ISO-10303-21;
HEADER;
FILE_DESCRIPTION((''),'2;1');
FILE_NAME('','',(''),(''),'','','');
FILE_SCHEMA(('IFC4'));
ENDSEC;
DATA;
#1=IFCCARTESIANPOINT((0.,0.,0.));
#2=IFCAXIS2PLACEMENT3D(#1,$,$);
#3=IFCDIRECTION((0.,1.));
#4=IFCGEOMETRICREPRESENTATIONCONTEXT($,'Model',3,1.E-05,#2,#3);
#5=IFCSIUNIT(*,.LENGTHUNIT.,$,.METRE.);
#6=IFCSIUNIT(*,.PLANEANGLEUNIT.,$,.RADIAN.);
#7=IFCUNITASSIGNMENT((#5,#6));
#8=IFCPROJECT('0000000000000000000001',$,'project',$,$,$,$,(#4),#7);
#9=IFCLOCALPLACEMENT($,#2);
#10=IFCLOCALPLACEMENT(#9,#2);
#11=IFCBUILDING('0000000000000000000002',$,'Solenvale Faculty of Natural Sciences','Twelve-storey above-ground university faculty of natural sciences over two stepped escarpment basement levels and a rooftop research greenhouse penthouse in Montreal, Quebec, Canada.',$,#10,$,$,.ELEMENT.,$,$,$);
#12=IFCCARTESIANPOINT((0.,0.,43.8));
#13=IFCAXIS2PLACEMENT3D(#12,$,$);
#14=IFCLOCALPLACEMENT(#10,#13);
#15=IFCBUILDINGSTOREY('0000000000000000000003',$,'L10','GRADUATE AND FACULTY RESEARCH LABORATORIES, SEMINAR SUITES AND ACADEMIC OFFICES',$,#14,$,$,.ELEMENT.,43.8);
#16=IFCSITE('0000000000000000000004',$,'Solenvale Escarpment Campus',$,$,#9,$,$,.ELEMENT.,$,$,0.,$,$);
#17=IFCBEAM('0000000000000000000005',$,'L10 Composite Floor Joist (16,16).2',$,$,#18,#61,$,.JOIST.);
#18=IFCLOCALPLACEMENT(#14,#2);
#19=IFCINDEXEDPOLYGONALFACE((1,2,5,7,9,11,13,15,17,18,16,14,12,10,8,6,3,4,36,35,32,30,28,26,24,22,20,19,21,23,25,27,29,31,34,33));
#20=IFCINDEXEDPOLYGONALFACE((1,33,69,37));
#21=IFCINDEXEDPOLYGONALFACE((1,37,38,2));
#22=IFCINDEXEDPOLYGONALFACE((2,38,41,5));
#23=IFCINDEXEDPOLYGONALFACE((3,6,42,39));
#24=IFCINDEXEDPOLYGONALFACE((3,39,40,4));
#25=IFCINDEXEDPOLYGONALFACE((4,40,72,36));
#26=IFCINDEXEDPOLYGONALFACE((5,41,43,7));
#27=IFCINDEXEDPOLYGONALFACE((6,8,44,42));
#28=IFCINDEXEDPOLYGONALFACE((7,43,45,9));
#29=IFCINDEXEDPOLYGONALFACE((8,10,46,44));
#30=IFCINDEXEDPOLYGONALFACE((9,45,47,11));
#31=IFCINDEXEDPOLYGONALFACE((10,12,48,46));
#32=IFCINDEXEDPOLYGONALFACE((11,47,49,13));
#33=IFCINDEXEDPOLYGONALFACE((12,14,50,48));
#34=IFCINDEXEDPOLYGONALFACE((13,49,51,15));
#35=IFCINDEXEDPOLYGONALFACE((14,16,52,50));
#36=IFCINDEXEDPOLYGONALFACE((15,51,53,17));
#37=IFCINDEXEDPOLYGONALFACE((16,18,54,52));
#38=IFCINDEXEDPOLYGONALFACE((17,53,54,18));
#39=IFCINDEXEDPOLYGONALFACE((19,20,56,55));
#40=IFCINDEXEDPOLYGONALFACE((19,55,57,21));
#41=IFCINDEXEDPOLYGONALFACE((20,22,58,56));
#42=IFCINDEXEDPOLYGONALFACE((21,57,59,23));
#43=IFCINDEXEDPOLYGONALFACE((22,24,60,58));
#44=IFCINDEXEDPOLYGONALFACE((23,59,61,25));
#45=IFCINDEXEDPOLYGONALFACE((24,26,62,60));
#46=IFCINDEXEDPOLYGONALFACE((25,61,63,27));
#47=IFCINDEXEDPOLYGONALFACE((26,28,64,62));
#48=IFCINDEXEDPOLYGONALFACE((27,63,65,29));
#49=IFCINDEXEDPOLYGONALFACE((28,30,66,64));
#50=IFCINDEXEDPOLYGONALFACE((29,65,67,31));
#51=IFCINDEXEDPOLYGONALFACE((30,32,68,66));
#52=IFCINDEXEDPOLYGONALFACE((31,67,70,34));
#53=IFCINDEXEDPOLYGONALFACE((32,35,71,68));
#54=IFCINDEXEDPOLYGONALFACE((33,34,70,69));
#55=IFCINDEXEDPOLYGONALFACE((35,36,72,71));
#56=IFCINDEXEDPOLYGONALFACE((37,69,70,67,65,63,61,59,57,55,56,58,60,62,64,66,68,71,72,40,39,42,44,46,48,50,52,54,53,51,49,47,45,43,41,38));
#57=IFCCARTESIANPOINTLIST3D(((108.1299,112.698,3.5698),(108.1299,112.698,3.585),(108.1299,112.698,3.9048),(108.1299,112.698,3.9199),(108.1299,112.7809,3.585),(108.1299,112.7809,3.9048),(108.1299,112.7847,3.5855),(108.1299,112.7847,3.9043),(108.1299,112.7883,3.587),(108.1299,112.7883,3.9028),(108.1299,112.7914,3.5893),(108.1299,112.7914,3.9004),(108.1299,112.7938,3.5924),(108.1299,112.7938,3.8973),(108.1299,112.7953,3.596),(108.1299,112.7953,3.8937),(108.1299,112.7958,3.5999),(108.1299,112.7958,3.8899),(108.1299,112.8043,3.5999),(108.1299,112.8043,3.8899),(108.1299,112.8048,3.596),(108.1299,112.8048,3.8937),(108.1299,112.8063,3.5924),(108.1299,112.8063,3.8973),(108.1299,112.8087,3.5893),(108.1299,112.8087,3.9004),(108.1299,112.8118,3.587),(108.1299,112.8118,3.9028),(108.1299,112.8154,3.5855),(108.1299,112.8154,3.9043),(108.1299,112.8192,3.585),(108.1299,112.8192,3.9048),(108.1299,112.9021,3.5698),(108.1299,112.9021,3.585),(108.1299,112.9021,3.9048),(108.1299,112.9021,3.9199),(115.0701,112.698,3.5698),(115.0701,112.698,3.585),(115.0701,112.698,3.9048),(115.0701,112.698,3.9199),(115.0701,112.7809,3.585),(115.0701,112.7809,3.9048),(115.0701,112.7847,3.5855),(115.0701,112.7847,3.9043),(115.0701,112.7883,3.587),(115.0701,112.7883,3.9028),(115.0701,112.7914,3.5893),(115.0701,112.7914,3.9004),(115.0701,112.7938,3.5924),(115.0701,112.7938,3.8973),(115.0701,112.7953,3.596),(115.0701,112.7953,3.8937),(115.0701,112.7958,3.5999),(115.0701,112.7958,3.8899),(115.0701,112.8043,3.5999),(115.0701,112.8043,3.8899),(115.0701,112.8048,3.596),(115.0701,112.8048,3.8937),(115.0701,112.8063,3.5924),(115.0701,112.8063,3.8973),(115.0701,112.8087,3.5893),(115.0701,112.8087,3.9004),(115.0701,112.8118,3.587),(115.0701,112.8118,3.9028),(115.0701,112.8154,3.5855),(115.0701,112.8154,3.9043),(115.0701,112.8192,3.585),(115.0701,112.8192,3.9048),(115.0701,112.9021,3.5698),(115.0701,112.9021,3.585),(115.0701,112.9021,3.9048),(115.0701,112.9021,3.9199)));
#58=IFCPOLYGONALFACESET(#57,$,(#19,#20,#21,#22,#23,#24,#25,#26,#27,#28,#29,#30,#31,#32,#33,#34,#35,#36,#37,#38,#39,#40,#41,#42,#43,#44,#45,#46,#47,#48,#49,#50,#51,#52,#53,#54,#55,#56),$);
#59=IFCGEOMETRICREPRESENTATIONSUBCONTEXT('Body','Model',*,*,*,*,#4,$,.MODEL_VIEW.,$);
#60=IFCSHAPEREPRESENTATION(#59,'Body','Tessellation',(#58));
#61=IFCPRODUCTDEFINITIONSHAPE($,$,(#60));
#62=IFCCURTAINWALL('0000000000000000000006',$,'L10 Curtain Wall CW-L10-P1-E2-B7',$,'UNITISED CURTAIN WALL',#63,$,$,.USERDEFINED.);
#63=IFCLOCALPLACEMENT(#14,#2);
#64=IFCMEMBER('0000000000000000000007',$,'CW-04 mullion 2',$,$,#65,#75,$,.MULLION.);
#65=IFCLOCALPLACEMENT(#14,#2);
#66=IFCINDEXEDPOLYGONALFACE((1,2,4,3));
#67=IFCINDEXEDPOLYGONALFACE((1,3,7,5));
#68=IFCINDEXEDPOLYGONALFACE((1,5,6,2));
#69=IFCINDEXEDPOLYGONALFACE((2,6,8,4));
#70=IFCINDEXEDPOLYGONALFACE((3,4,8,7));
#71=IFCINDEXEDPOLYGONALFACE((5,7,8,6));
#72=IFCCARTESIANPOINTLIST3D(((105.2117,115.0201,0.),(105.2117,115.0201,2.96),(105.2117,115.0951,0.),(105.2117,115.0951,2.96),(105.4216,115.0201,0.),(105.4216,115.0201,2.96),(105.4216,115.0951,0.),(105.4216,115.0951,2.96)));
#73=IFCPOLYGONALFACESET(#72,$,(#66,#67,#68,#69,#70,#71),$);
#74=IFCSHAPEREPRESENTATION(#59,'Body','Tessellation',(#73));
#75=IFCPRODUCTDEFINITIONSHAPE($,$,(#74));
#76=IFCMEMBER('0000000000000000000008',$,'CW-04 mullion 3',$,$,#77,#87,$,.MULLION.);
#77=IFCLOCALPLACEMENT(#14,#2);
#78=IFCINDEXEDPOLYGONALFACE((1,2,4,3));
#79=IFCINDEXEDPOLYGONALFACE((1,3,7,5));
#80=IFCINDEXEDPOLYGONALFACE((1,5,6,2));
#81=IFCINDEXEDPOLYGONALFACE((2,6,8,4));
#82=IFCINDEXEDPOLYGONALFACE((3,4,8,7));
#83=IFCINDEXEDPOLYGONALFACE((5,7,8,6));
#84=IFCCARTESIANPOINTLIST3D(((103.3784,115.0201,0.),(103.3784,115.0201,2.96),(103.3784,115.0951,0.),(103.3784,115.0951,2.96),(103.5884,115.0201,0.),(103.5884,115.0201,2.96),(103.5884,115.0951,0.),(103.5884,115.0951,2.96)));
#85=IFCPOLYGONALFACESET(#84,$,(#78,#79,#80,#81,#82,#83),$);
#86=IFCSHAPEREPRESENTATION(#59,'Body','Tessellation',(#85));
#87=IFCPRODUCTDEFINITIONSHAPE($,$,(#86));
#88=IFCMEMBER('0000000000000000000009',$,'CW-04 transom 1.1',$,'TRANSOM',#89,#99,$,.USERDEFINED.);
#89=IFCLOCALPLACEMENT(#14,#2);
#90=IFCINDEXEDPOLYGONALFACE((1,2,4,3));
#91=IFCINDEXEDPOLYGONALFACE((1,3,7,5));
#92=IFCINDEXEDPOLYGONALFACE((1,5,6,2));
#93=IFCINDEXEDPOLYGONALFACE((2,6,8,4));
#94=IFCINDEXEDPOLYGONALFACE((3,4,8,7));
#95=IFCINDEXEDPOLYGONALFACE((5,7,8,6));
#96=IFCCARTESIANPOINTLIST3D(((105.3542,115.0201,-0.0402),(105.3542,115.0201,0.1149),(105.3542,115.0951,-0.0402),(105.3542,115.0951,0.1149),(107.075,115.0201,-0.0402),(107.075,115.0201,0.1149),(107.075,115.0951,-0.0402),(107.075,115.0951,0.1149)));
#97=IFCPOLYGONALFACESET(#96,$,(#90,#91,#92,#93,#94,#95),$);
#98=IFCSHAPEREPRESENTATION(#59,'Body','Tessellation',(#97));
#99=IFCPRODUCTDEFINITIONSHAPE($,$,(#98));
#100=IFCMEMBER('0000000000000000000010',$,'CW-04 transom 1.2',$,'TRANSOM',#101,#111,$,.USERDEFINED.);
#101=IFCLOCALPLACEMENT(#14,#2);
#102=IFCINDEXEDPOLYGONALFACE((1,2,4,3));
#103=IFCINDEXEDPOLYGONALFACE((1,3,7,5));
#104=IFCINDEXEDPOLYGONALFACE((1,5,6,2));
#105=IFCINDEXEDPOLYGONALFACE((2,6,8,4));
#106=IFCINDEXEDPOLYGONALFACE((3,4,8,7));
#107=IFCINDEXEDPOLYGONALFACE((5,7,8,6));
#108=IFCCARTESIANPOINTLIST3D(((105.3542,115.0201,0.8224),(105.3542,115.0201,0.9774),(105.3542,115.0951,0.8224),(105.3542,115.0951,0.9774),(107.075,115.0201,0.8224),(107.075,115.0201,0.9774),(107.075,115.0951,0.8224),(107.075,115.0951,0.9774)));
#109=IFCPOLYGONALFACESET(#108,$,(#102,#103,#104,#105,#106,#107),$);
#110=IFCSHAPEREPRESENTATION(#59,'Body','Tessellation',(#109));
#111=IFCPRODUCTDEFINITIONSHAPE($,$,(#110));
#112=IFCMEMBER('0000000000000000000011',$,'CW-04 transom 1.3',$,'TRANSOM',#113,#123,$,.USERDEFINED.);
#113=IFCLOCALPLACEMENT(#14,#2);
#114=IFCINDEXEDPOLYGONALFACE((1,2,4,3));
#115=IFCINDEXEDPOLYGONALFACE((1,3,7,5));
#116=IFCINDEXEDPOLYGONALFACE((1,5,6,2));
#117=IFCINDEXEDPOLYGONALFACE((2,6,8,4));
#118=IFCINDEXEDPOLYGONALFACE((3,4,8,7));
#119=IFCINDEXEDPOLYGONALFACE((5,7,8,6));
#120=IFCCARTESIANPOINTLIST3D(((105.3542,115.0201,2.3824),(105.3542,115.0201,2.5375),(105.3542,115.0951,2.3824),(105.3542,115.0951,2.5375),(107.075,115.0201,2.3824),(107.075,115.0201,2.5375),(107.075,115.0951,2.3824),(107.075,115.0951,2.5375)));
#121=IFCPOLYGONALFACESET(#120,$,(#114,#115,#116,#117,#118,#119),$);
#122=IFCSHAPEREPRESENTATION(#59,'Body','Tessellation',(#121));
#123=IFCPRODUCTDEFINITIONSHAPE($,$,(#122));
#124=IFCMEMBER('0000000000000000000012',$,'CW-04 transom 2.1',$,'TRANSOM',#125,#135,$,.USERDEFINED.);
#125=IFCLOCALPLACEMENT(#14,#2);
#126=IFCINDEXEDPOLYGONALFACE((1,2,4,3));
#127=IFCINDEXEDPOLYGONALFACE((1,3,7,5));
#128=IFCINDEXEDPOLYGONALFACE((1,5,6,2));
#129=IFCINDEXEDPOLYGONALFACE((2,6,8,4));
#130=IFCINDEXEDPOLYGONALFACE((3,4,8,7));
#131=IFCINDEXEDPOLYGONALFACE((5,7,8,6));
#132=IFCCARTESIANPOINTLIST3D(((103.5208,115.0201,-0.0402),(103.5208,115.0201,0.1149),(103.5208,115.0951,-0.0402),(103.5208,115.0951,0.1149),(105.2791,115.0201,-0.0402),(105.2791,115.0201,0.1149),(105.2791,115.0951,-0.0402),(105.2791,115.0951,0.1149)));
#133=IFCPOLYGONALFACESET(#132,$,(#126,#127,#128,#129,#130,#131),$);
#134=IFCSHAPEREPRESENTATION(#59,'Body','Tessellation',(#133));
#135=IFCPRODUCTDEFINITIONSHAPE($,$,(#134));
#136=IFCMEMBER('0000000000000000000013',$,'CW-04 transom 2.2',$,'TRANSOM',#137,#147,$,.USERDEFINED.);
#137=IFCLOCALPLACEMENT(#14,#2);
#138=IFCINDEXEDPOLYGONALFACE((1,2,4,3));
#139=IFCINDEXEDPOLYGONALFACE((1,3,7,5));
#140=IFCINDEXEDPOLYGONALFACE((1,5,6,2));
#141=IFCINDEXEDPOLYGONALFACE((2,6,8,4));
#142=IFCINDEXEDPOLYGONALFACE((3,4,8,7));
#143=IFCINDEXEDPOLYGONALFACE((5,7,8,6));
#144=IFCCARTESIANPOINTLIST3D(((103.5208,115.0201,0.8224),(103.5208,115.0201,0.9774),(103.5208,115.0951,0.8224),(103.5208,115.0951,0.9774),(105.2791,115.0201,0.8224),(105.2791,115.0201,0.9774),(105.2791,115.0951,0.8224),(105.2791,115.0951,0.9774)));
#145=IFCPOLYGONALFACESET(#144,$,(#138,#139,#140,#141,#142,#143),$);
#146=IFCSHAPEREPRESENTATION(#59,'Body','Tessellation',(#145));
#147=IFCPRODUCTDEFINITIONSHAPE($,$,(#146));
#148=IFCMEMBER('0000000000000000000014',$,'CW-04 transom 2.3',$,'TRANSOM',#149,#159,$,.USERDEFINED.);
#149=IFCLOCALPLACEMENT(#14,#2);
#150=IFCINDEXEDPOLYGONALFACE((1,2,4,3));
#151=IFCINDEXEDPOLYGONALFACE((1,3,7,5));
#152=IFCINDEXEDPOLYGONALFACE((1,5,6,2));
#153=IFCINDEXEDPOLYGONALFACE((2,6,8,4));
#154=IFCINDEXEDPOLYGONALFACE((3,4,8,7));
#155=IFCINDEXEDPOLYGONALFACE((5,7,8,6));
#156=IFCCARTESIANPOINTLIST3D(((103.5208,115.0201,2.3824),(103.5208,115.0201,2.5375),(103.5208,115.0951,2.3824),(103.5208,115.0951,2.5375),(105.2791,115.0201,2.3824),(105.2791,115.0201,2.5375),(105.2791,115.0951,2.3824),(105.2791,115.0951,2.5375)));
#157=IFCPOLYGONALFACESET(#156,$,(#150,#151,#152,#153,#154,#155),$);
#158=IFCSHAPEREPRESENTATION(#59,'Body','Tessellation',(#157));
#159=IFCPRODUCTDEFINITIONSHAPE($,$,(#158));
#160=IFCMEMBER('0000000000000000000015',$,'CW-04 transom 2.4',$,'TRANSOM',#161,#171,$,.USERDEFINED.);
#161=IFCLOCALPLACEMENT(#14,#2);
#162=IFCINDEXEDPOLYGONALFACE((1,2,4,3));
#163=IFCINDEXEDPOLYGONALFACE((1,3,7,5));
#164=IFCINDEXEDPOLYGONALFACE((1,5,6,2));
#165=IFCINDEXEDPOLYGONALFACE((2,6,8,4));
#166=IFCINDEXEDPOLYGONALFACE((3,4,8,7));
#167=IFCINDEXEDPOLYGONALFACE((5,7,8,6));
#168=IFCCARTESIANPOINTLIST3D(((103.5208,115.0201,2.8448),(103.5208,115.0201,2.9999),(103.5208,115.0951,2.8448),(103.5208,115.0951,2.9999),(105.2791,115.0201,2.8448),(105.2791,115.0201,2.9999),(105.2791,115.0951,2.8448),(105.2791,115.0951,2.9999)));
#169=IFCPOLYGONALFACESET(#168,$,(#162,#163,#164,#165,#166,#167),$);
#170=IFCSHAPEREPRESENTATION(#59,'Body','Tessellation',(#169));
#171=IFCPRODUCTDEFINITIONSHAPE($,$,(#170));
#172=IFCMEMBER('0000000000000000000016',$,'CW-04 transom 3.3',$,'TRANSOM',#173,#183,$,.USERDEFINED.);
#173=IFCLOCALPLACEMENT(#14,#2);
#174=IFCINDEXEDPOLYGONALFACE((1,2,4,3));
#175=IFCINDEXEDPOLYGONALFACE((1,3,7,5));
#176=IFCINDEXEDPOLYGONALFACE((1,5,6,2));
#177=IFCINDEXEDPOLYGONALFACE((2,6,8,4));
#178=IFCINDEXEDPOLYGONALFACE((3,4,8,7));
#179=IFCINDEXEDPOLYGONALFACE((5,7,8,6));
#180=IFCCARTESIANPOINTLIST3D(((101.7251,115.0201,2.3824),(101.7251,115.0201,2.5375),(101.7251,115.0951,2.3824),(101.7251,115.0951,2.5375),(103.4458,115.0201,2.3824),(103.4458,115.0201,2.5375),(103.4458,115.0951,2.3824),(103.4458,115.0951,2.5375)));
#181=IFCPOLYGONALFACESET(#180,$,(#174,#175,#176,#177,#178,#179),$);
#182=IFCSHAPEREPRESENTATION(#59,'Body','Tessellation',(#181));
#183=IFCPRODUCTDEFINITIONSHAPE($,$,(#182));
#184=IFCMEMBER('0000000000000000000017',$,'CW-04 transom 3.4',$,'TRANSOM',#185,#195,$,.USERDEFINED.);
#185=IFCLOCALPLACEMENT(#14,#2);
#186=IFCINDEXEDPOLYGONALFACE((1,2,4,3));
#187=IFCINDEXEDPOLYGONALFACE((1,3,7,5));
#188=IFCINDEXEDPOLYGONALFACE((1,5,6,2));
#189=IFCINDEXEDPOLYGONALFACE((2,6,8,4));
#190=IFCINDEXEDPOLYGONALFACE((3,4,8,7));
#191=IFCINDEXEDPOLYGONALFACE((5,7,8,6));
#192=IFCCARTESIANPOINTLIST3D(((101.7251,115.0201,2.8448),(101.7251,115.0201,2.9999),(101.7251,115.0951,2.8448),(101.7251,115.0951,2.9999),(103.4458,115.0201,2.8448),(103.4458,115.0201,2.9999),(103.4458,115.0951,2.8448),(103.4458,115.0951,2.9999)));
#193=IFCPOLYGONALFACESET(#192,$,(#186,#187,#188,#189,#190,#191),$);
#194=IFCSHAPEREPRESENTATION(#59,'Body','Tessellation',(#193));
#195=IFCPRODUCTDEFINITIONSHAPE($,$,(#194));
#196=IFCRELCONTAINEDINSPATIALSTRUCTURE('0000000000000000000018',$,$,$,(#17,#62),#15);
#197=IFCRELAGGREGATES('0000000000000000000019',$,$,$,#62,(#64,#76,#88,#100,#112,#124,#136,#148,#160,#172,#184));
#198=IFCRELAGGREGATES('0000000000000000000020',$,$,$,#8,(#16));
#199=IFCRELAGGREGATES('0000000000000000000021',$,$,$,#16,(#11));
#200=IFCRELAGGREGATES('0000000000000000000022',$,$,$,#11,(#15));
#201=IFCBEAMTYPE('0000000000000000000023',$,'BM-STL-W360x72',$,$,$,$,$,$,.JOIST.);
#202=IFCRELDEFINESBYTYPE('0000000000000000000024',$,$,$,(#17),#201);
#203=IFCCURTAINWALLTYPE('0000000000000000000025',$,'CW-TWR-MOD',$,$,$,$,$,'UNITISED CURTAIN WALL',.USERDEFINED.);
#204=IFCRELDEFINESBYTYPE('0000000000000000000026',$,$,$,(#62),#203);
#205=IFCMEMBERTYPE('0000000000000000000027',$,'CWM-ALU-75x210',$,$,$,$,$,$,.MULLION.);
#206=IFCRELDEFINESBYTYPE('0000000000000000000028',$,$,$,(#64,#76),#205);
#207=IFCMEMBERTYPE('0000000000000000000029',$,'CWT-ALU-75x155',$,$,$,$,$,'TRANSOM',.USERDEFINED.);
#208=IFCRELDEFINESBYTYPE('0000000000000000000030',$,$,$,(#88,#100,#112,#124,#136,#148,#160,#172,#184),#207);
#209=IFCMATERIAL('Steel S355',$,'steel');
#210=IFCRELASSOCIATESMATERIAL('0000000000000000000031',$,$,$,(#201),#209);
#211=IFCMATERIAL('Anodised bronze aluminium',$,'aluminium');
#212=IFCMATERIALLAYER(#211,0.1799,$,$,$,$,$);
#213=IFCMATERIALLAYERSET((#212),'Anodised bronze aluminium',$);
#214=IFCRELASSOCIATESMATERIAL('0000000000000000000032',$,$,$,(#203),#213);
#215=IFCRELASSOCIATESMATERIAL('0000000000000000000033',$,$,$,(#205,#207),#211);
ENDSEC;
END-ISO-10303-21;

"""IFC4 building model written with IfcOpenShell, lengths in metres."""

from ifc_helpers import new_model, si_unit, direction, frame, origin, origin_2d, place, context, subcontext, project, spatial, rectangle, i_section, extrude, material, layer, layer_set, material_profile, profile_set, type_object, element, aggregate, save


model = new_model("IFC4")

# Units and contexts
model_context = context("Model", 3, precision=1e-05, world=origin(), true_north=direction((0.0, 1.0)))
body_context = subcontext(model_context, "Body", "Model", "MODEL_VIEW")
ifc_project = project(units=[si_unit("LENGTHUNIT", "METRE"), si_unit("PLANEANGLEUNIT", "RADIAN")], contexts=[model_context])

# Site, building, storey
site_placement = place(None, origin())
site = spatial("IfcSite", under=ifc_project, at=site_placement, Name="Solenvale Escarpment Campus", CompositionType="ELEMENT", RefElevation=0.0)
building_placement = place(site_placement, origin())
building = spatial("IfcBuilding", under=site, at=building_placement, Name="Solenvale Faculty of Natural Sciences", Description="Twelve-storey above-ground university faculty of natural sciences over two stepped escarpment basement levels and a rooftop research greenhouse penthouse in Montreal, Quebec, Canada.", CompositionType="ELEMENT")
storey_placement = place(building_placement, frame((0.0, 0.0, 43.8)))
storey = spatial("IfcBuildingStorey", under=building, at=storey_placement, Name="L10", Description="GRADUATE AND FACULTY RESEARCH LABORATORIES, SEMINAR SUITES AND ACADEMIC OFFICES", CompositionType="ELEMENT", Elevation=43.8)

# Beam
ifc_material_1 = material(Name="Steel S355", Category="steel")
ifc_material_profile_1 = material_profile(ifc_material_1, i_section(OverallWidth=0.2041, OverallDepth=0.3501, WebThickness=0.0085, FlangeThickness=0.0151, FilletRadius=0.0149, at=origin_2d()), Name="W360x72")
ifc_profile_set_1 = profile_set([ifc_material_profile_1], Name="Steel S355")
beam_type_1 = type_object("IfcBeamType", Name="BM-STL-W360x72", PredefinedType="JOIST", material=ifc_profile_set_1)
for number, where, z_axis, x_axis, name in (
    (1, (108.1299, 112.8, 3.7449), (1.0, 0.0, 0.0), (0.0, 1.0, 0.0), "L10 Composite Floor Joist (16,16).2"),
):
    element("IfcBeam", number, at=place(storey_placement, frame(where, z_axis=z_axis, x_axis=x_axis)), inside=storey, type_object=beam_type_1, Name=name, PredefinedType="JOIST", context=body_context, shape_type="SweptSolid", body=[
        extrude(i_section(OverallWidth=0.2041, OverallDepth=0.3501, WebThickness=0.0085, FlangeThickness=0.0151, FilletRadius=0.0149, at=origin_2d()), origin(), (0.0, 0.0, 1.0), 6.9402),
    ])

# Curtain wall, members
ifc_material_2 = material(Name="Anodised bronze aluminium", Category="aluminium")
ifc_layer_1 = layer(ifc_material_2, 0.1799)
ifc_layer_set_1 = layer_set([ifc_layer_1], Name="Anodised bronze aluminium")
curtain_wall_type = type_object("IfcCurtainWallType", Name="CW-TWR-MOD", ElementType="UNITISED CURTAIN WALL", PredefinedType="USERDEFINED", material=ifc_layer_set_1)
curtain_wall_placement = place(storey_placement, origin())
curtain_wall = element("IfcCurtainWall", 2, at=curtain_wall_placement, inside=storey, type_object=curtain_wall_type, Name="L10 Curtain Wall CW-L10-P1-E2-B7", ObjectType="UNITISED CURTAIN WALL", PredefinedType="USERDEFINED")
ifc_material_profile_2 = material_profile(ifc_material_2, rectangle(XDim=0.075, YDim=0.21, at=origin_2d()), Name="ALU-MUL-75x210")
ifc_profile_set_2 = profile_set([ifc_material_profile_2], Name="Anodised bronze aluminium")
member_type_1 = type_object("IfcMemberType", Name="CWM-ALU-75x210", PredefinedType="MULLION", material=ifc_profile_set_2)
member_1_placement = place(storey_placement, frame((105.3167, 115.0576, 0.0), z_axis=(0.0, 0.0, 1.0), x_axis=(0.0, -1.0, 0.0)))
member_1 = element("IfcMember", 3, at=member_1_placement, type_object=member_type_1, Name="CW-04 mullion 2", PredefinedType="MULLION", context=body_context, shape_type="SweptSolid", body=[
    extrude(rectangle(XDim=0.075, YDim=0.21, at=origin_2d()), origin(), (0.0, 0.0, 1.0), 2.96),
])
member_2_placement = place(storey_placement, frame((103.4834, 115.0576, 0.0), z_axis=(0.0, 0.0, 1.0), x_axis=(0.0, -1.0, 0.0)))
member_2 = element("IfcMember", 4, at=member_2_placement, type_object=member_type_1, Name="CW-04 mullion 3", PredefinedType="MULLION", context=body_context, shape_type="SweptSolid", body=[
    extrude(rectangle(XDim=0.075, YDim=0.21, at=origin_2d()), origin(), (0.0, 0.0, 1.0), 2.96),
])
ifc_material_profile_3 = material_profile(ifc_material_2, rectangle(XDim=0.075, YDim=0.155, at=origin_2d()), Name="ALU-TRN-75x155")
ifc_profile_set_3 = profile_set([ifc_material_profile_3], Name="Anodised bronze aluminium")
member_type_2 = type_object("IfcMemberType", Name="CWT-ALU-75x155", ElementType="TRANSOM", PredefinedType="USERDEFINED", material=ifc_profile_set_3)
member_3_placement = place(storey_placement, frame((107.075, 115.0576, 0.0374), z_axis=(-1.0, 0.0, 0.0), x_axis=(0.0, -1.0, 0.0)))
member_3 = element("IfcMember", 5, at=member_3_placement, type_object=member_type_2, Name="CW-04 transom 1.1", ObjectType="TRANSOM", PredefinedType="USERDEFINED", context=body_context, shape_type="SweptSolid", body=[
    extrude(rectangle(XDim=0.075, YDim=0.155, at=origin_2d()), origin(), (0.0, 0.0, 1.0), 1.7207),
])
member_4_placement = place(storey_placement, frame((107.075, 115.0576, 0.8999), z_axis=(-1.0, 0.0, 0.0), x_axis=(0.0, -1.0, 0.0)))
member_4 = element("IfcMember", 6, at=member_4_placement, type_object=member_type_2, Name="CW-04 transom 1.2", ObjectType="TRANSOM", PredefinedType="USERDEFINED", context=body_context, shape_type="SweptSolid", body=[
    extrude(rectangle(XDim=0.075, YDim=0.155, at=origin_2d()), origin(), (0.0, 0.0, 1.0), 1.7207),
])
member_5_placement = place(storey_placement, frame((107.075, 115.0576, 2.46), z_axis=(-1.0, 0.0, 0.0), x_axis=(0.0, -1.0, 0.0)))
member_5 = element("IfcMember", 7, at=member_5_placement, type_object=member_type_2, Name="CW-04 transom 1.3", ObjectType="TRANSOM", PredefinedType="USERDEFINED", context=body_context, shape_type="SweptSolid", body=[
    extrude(rectangle(XDim=0.075, YDim=0.155, at=origin_2d()), origin(), (0.0, 0.0, 1.0), 1.7207),
])
member_6_placement = place(storey_placement, frame((105.2791, 115.0576, 0.0374), z_axis=(-1.0, 0.0, 0.0), x_axis=(0.0, -1.0, 0.0)))
member_6 = element("IfcMember", 8, at=member_6_placement, type_object=member_type_2, Name="CW-04 transom 2.1", ObjectType="TRANSOM", PredefinedType="USERDEFINED", context=body_context, shape_type="SweptSolid", body=[
    extrude(rectangle(XDim=0.075, YDim=0.155, at=origin_2d()), origin(), (0.0, 0.0, 1.0), 1.7583),
])
member_7_placement = place(storey_placement, frame((105.2791, 115.0576, 0.8999), z_axis=(-1.0, 0.0, 0.0), x_axis=(0.0, -1.0, 0.0)))
member_7 = element("IfcMember", 9, at=member_7_placement, type_object=member_type_2, Name="CW-04 transom 2.2", ObjectType="TRANSOM", PredefinedType="USERDEFINED", context=body_context, shape_type="SweptSolid", body=[
    extrude(rectangle(XDim=0.075, YDim=0.155, at=origin_2d()), origin(), (0.0, 0.0, 1.0), 1.7583),
])
member_8_placement = place(storey_placement, frame((105.2791, 115.0576, 2.46), z_axis=(-1.0, 0.0, 0.0), x_axis=(0.0, -1.0, 0.0)))
member_8 = element("IfcMember", 10, at=member_8_placement, type_object=member_type_2, Name="CW-04 transom 2.3", ObjectType="TRANSOM", PredefinedType="USERDEFINED", context=body_context, shape_type="SweptSolid", body=[
    extrude(rectangle(XDim=0.075, YDim=0.155, at=origin_2d()), origin(), (0.0, 0.0, 1.0), 1.7583),
])
member_9_placement = place(storey_placement, frame((105.2791, 115.0576, 2.9224), z_axis=(-1.0, 0.0, 0.0), x_axis=(0.0, -1.0, 0.0)))
member_9 = element("IfcMember", 11, at=member_9_placement, type_object=member_type_2, Name="CW-04 transom 2.4", ObjectType="TRANSOM", PredefinedType="USERDEFINED", context=body_context, shape_type="SweptSolid", body=[
    extrude(rectangle(XDim=0.075, YDim=0.155, at=origin_2d()), origin(), (0.0, 0.0, 1.0), 1.7583),
])
member_10_placement = place(storey_placement, frame((103.4458, 115.0576, 2.46), z_axis=(-1.0, 0.0, 0.0), x_axis=(0.0, -1.0, 0.0)))
member_10 = element("IfcMember", 12, at=member_10_placement, type_object=member_type_2, Name="CW-04 transom 3.3", ObjectType="TRANSOM", PredefinedType="USERDEFINED", context=body_context, shape_type="SweptSolid", body=[
    extrude(rectangle(XDim=0.075, YDim=0.155, at=origin_2d()), origin(), (0.0, 0.0, 1.0), 1.7207),
])
member_11_placement = place(storey_placement, frame((103.4458, 115.0576, 2.9224), z_axis=(-1.0, 0.0, 0.0), x_axis=(0.0, -1.0, 0.0)))
member_11 = element("IfcMember", 13, at=member_11_placement, type_object=member_type_2, Name="CW-04 transom 3.4", ObjectType="TRANSOM", PredefinedType="USERDEFINED", context=body_context, shape_type="SweptSolid", body=[
    extrude(rectangle(XDim=0.075, YDim=0.155, at=origin_2d()), origin(), (0.0, 0.0, 1.0), 1.7207),
])
aggregate(curtain_wall, [member_1, member_2, member_3, member_4, member_5, member_6, member_7, member_8, member_9, member_10, member_11])

save(model, "model.ifc")
